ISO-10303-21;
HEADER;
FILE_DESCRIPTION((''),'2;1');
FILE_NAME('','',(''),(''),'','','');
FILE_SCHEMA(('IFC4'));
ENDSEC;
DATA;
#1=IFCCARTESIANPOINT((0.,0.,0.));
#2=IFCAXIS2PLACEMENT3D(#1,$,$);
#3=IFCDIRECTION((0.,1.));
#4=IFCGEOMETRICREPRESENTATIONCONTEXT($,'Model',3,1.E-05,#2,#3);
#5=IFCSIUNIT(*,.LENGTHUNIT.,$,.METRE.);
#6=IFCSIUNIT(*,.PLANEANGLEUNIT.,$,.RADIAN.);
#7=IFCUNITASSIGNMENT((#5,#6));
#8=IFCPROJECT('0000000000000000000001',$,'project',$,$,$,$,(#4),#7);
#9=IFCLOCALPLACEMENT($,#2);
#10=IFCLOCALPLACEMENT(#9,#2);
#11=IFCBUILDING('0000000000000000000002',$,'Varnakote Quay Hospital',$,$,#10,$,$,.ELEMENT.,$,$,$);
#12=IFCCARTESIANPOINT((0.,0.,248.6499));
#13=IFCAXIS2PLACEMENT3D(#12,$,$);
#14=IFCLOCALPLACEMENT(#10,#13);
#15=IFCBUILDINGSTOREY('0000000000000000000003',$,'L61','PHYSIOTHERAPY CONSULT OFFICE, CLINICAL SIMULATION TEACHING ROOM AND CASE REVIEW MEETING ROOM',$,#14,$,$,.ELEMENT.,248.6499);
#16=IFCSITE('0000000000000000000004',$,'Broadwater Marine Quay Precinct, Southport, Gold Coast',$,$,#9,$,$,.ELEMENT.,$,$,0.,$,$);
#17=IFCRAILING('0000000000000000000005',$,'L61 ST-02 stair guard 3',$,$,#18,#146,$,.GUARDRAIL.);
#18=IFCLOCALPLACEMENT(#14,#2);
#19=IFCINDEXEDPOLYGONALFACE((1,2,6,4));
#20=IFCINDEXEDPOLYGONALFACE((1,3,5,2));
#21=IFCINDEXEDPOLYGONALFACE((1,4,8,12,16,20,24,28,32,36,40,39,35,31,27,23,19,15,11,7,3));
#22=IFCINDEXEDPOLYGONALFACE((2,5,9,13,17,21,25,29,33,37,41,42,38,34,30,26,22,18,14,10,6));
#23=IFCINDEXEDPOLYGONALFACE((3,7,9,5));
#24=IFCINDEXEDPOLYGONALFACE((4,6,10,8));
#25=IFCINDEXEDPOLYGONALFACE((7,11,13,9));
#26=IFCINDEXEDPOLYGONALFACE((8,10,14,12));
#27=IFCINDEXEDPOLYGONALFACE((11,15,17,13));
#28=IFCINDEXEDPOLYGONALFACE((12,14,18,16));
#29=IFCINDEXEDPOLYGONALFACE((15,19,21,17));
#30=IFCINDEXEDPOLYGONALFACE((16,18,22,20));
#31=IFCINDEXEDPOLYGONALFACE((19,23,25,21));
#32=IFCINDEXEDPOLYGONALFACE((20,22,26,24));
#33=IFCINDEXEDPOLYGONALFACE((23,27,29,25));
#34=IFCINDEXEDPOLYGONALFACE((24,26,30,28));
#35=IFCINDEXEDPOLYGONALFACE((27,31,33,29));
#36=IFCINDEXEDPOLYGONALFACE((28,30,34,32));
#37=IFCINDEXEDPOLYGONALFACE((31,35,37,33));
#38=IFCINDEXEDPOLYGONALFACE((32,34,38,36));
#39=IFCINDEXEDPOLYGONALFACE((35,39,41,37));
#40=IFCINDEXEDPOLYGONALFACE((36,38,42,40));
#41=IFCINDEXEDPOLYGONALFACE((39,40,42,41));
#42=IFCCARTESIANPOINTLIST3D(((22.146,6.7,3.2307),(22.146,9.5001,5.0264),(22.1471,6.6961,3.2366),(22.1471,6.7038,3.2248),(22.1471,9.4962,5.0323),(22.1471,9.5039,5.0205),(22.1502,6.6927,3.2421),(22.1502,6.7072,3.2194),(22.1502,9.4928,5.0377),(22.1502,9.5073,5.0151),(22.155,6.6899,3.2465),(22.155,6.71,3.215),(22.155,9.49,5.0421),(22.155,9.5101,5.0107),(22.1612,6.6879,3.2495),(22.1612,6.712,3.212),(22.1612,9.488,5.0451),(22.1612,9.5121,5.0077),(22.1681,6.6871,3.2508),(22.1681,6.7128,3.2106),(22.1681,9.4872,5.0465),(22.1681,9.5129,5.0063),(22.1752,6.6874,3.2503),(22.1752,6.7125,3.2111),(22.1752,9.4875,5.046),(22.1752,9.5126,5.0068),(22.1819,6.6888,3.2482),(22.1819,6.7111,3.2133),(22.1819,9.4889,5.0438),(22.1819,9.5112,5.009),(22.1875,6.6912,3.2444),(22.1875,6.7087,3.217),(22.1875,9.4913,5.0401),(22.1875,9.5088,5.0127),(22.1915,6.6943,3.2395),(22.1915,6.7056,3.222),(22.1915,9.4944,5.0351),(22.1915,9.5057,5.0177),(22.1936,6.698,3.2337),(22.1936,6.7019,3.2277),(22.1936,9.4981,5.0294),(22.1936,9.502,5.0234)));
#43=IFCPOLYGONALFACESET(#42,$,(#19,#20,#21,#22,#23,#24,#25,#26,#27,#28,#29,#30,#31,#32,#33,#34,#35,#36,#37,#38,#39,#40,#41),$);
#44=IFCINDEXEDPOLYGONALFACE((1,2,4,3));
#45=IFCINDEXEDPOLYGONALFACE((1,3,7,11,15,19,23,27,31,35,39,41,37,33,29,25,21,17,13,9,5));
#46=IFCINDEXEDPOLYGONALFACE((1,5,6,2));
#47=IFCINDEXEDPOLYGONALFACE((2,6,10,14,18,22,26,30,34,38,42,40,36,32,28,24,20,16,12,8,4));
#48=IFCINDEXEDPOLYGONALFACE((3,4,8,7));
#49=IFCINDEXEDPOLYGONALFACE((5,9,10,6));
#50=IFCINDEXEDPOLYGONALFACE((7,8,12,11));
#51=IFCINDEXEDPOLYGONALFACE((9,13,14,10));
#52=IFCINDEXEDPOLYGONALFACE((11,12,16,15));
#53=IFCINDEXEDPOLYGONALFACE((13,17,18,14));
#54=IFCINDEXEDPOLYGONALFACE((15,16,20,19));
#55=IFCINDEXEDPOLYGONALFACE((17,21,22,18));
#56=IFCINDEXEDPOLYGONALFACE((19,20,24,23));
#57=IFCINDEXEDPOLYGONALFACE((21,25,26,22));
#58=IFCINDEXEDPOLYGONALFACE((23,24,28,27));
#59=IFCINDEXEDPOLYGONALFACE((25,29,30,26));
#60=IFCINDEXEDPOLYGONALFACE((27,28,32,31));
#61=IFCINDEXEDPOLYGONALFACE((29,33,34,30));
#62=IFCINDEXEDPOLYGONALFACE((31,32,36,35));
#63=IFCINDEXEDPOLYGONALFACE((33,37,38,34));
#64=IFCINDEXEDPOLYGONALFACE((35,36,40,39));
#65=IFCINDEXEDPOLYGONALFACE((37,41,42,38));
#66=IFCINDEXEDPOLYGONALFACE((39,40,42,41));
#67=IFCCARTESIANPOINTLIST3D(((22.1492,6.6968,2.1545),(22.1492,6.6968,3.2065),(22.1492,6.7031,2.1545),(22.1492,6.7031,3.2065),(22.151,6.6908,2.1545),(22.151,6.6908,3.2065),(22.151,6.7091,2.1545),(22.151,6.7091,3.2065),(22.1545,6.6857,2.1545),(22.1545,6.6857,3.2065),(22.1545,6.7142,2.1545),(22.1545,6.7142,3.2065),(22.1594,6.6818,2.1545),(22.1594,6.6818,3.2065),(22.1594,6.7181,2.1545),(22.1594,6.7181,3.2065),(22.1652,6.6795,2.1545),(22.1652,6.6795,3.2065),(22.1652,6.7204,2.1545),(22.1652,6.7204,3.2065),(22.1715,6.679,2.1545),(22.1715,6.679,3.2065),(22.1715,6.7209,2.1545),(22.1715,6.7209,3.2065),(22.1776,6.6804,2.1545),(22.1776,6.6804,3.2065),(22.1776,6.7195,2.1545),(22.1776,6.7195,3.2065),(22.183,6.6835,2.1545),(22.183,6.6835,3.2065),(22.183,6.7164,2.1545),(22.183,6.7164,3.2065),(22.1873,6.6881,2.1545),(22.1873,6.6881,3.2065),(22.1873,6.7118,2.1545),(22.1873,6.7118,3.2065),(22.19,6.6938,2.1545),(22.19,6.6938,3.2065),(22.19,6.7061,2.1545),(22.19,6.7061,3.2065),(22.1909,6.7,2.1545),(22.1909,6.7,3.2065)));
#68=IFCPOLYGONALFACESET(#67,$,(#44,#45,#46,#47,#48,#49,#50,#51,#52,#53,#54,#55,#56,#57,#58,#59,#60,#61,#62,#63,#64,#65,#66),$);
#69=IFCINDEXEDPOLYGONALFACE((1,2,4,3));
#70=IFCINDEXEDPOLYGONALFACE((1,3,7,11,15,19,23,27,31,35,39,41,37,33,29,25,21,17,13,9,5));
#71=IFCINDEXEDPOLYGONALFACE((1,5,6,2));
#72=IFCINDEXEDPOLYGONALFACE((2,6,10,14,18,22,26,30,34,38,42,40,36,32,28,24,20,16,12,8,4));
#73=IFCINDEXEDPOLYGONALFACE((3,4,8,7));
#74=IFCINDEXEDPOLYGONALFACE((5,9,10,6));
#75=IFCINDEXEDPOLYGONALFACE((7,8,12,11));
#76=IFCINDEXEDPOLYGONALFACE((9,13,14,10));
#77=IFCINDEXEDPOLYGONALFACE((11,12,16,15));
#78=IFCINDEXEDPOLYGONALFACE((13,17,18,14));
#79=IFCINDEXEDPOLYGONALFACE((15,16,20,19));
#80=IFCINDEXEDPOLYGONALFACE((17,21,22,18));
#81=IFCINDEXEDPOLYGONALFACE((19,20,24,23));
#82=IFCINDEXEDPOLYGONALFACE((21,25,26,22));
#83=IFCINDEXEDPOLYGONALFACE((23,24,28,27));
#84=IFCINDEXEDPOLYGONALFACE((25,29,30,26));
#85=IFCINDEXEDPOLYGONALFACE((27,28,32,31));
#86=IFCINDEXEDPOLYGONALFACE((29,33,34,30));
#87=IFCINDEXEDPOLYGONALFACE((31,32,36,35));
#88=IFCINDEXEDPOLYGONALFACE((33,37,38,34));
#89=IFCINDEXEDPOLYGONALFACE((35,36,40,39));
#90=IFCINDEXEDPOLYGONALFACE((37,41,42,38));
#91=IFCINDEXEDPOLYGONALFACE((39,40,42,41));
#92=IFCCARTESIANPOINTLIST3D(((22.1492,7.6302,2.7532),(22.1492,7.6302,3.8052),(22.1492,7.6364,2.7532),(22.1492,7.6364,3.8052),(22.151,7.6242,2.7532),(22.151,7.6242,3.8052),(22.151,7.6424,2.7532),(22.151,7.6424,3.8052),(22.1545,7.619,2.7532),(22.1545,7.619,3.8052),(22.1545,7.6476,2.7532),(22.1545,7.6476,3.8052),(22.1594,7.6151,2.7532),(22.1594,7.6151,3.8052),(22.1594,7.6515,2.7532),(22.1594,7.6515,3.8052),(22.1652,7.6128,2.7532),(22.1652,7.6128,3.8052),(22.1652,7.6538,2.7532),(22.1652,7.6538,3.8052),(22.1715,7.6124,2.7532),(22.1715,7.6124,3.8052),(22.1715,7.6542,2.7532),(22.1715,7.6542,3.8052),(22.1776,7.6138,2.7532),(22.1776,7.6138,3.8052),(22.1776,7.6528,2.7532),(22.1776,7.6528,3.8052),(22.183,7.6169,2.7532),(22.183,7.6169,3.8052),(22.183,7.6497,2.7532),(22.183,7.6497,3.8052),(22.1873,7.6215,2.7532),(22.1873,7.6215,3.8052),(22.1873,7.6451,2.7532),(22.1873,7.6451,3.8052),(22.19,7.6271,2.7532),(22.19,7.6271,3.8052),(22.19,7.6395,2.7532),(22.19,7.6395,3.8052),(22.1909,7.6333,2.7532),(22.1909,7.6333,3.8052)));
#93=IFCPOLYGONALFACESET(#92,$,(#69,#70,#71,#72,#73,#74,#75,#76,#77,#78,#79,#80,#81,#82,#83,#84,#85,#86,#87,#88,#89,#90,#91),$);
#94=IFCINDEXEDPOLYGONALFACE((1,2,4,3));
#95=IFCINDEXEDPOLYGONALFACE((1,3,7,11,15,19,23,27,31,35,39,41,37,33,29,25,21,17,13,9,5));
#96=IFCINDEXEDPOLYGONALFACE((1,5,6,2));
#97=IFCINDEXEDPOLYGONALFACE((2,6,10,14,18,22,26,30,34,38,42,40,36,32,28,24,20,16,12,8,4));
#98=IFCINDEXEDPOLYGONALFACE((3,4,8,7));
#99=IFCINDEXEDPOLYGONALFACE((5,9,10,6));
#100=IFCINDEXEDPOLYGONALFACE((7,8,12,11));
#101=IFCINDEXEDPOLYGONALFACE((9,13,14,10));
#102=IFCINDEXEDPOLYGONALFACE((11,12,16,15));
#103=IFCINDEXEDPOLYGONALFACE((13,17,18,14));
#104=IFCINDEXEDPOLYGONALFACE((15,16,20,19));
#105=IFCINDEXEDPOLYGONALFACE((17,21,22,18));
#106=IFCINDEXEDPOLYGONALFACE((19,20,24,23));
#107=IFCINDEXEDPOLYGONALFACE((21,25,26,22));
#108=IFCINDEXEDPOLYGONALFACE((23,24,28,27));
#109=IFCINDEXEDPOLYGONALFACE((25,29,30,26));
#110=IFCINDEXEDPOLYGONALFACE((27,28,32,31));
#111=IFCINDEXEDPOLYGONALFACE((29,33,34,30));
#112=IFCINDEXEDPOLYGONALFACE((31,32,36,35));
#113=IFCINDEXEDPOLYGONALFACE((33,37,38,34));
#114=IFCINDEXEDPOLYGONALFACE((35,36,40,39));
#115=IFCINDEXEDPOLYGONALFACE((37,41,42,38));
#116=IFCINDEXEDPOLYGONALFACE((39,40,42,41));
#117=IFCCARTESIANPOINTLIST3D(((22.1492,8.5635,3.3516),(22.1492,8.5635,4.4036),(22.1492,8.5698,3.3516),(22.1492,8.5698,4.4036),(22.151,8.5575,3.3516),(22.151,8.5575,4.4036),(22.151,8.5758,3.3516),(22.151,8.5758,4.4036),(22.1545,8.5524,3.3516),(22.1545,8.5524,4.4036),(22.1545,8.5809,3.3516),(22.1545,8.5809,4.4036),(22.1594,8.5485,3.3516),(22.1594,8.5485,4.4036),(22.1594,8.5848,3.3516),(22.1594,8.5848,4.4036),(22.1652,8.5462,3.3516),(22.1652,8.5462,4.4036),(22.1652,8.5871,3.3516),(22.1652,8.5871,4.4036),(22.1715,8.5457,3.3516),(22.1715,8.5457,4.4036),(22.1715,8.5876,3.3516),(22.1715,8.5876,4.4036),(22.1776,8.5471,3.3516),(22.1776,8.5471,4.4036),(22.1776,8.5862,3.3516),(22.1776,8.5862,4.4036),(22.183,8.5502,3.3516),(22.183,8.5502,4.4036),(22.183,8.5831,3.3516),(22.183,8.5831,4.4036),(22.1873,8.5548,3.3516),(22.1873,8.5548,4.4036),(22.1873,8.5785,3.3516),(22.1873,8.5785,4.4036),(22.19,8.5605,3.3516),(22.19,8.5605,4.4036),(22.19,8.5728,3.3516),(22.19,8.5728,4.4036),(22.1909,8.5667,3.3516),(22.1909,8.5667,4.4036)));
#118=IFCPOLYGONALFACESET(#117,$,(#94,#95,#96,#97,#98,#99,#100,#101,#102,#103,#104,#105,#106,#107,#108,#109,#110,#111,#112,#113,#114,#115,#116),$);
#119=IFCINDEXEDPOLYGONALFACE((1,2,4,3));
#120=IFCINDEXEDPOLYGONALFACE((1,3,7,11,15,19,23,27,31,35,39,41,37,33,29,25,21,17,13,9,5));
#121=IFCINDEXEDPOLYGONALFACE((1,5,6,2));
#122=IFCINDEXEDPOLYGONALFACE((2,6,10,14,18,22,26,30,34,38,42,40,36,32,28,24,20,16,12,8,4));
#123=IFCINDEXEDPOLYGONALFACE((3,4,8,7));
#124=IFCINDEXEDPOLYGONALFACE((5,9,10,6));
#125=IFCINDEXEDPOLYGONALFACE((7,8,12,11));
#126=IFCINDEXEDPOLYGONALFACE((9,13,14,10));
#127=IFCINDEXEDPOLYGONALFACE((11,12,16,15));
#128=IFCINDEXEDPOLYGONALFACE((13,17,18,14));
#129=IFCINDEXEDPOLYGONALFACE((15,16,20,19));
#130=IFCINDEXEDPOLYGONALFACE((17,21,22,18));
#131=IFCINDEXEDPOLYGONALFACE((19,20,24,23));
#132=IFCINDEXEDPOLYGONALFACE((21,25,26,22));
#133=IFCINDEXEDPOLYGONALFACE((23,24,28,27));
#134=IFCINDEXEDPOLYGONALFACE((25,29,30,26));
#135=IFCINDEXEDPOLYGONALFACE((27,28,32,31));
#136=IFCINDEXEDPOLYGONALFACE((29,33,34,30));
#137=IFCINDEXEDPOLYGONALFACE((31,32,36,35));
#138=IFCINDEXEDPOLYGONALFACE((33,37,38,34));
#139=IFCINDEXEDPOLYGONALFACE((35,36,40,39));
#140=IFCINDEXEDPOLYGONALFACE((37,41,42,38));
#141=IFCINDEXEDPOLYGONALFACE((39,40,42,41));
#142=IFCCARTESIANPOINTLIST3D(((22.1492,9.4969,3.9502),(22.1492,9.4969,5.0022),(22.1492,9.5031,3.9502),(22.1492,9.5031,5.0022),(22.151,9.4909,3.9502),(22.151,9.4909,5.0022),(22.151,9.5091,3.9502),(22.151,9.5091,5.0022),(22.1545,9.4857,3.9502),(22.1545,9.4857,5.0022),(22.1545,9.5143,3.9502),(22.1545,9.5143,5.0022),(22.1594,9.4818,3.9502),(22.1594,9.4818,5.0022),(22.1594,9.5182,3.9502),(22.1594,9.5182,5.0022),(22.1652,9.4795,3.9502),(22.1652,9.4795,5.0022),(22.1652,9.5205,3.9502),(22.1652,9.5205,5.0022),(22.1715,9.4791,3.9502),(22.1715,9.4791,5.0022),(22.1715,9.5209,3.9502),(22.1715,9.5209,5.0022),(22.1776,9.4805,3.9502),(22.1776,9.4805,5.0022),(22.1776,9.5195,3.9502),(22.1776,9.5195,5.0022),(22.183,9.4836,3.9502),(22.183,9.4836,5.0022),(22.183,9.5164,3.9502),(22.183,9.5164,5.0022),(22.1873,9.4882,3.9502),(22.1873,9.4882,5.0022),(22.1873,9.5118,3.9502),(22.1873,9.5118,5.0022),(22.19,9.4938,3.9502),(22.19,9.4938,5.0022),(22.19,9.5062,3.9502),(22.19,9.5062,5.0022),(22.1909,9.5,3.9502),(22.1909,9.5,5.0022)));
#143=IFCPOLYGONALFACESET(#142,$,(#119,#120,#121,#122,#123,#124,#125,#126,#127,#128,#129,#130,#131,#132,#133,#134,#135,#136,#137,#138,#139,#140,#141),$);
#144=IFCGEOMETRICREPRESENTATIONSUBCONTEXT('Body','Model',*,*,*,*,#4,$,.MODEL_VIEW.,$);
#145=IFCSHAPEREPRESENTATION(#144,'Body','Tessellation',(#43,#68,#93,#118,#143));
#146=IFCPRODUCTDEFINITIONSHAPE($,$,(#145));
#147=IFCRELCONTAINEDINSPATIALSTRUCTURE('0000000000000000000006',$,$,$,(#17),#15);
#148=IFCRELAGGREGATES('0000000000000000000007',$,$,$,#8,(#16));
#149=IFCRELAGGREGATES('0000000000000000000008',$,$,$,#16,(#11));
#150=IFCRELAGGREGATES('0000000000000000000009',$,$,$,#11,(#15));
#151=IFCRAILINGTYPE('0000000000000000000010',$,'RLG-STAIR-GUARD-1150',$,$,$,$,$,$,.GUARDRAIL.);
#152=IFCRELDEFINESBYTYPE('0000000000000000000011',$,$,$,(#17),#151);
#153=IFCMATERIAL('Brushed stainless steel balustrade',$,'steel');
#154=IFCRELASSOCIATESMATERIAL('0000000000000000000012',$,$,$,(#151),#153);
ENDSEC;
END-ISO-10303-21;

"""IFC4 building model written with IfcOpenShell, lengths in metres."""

from ifc_helpers import new_model, si_unit, direction, frame, origin, origin_2d, place, context, subcontext, project, spatial, circle, extrude, material, type_object, element, save


model = new_model("IFC4")

# Units and contexts
model_context = context("Model", 3, precision=1e-05, world=origin(), true_north=direction((0.0, 1.0)))
body_context = subcontext(model_context, "Body", "Model", "MODEL_VIEW")
ifc_project = project(units=[si_unit("LENGTHUNIT", "METRE"), si_unit("PLANEANGLEUNIT", "RADIAN")], contexts=[model_context])

# Site, building, storey
site_placement = place(None, origin())
site = spatial("IfcSite", under=ifc_project, at=site_placement, Name="Broadwater Marine Quay Precinct, Southport, Gold Coast", CompositionType="ELEMENT", RefElevation=0.0)
building_placement = place(site_placement, origin())
building = spatial("IfcBuilding", under=site, at=building_placement, Name="Varnakote Quay Hospital", CompositionType="ELEMENT")
storey_placement = place(building_placement, frame((0.0, 0.0, 248.6499)))
storey = spatial("IfcBuildingStorey", under=building, at=storey_placement, Name="L61", Description="PHYSIOTHERAPY CONSULT OFFICE, CLINICAL SIMULATION TEACHING ROOM AND CASE REVIEW MEETING ROOM", CompositionType="ELEMENT", Elevation=248.6499)

# Railing
ifc_material_1 = material(Name="Brushed stainless steel balustrade", Category="steel")
railing_type_1 = type_object("IfcRailingType", Name="RLG-STAIR-GUARD-1150", PredefinedType="GUARDRAIL", material=ifc_material_1)
railing_1_placement = place(storey_placement, frame((22.1699, 6.7, 2.1545)))
element("IfcRailing", 1, at=railing_1_placement, inside=storey, type_object=railing_type_1, Name="L61 ST-02 stair guard 3", PredefinedType="GUARDRAIL", context=body_context, shape_type="SweptSolid", body=[
    extrude(circle(Radius=0.0239, at=origin_2d()), frame((0.0, 0.0, 1.0762), z_axis=(0.0, 0.841777, 0.539826), x_axis=(-1.0, 0.0, 0.0)), (0.0, 0.0, 1.0), 3.3264),
    extrude(circle(Radius=0.021, at=origin_2d()), origin(), (0.0, 0.0, 1.0), 1.052),
    extrude(circle(Radius=0.021, at=origin_2d()), frame((0.0, 0.9333, 0.5986)), (0.0, 0.0, 1.0), 1.052),
    extrude(circle(Radius=0.021, at=origin_2d()), frame((0.0, 1.8667, 1.197)), (0.0, 0.0, 1.0), 1.052),
    extrude(circle(Radius=0.021, at=origin_2d()), frame((0.0, 2.8, 1.7957)), (0.0, 0.0, 1.0), 1.052),
])

save(model, "model.ifc")
